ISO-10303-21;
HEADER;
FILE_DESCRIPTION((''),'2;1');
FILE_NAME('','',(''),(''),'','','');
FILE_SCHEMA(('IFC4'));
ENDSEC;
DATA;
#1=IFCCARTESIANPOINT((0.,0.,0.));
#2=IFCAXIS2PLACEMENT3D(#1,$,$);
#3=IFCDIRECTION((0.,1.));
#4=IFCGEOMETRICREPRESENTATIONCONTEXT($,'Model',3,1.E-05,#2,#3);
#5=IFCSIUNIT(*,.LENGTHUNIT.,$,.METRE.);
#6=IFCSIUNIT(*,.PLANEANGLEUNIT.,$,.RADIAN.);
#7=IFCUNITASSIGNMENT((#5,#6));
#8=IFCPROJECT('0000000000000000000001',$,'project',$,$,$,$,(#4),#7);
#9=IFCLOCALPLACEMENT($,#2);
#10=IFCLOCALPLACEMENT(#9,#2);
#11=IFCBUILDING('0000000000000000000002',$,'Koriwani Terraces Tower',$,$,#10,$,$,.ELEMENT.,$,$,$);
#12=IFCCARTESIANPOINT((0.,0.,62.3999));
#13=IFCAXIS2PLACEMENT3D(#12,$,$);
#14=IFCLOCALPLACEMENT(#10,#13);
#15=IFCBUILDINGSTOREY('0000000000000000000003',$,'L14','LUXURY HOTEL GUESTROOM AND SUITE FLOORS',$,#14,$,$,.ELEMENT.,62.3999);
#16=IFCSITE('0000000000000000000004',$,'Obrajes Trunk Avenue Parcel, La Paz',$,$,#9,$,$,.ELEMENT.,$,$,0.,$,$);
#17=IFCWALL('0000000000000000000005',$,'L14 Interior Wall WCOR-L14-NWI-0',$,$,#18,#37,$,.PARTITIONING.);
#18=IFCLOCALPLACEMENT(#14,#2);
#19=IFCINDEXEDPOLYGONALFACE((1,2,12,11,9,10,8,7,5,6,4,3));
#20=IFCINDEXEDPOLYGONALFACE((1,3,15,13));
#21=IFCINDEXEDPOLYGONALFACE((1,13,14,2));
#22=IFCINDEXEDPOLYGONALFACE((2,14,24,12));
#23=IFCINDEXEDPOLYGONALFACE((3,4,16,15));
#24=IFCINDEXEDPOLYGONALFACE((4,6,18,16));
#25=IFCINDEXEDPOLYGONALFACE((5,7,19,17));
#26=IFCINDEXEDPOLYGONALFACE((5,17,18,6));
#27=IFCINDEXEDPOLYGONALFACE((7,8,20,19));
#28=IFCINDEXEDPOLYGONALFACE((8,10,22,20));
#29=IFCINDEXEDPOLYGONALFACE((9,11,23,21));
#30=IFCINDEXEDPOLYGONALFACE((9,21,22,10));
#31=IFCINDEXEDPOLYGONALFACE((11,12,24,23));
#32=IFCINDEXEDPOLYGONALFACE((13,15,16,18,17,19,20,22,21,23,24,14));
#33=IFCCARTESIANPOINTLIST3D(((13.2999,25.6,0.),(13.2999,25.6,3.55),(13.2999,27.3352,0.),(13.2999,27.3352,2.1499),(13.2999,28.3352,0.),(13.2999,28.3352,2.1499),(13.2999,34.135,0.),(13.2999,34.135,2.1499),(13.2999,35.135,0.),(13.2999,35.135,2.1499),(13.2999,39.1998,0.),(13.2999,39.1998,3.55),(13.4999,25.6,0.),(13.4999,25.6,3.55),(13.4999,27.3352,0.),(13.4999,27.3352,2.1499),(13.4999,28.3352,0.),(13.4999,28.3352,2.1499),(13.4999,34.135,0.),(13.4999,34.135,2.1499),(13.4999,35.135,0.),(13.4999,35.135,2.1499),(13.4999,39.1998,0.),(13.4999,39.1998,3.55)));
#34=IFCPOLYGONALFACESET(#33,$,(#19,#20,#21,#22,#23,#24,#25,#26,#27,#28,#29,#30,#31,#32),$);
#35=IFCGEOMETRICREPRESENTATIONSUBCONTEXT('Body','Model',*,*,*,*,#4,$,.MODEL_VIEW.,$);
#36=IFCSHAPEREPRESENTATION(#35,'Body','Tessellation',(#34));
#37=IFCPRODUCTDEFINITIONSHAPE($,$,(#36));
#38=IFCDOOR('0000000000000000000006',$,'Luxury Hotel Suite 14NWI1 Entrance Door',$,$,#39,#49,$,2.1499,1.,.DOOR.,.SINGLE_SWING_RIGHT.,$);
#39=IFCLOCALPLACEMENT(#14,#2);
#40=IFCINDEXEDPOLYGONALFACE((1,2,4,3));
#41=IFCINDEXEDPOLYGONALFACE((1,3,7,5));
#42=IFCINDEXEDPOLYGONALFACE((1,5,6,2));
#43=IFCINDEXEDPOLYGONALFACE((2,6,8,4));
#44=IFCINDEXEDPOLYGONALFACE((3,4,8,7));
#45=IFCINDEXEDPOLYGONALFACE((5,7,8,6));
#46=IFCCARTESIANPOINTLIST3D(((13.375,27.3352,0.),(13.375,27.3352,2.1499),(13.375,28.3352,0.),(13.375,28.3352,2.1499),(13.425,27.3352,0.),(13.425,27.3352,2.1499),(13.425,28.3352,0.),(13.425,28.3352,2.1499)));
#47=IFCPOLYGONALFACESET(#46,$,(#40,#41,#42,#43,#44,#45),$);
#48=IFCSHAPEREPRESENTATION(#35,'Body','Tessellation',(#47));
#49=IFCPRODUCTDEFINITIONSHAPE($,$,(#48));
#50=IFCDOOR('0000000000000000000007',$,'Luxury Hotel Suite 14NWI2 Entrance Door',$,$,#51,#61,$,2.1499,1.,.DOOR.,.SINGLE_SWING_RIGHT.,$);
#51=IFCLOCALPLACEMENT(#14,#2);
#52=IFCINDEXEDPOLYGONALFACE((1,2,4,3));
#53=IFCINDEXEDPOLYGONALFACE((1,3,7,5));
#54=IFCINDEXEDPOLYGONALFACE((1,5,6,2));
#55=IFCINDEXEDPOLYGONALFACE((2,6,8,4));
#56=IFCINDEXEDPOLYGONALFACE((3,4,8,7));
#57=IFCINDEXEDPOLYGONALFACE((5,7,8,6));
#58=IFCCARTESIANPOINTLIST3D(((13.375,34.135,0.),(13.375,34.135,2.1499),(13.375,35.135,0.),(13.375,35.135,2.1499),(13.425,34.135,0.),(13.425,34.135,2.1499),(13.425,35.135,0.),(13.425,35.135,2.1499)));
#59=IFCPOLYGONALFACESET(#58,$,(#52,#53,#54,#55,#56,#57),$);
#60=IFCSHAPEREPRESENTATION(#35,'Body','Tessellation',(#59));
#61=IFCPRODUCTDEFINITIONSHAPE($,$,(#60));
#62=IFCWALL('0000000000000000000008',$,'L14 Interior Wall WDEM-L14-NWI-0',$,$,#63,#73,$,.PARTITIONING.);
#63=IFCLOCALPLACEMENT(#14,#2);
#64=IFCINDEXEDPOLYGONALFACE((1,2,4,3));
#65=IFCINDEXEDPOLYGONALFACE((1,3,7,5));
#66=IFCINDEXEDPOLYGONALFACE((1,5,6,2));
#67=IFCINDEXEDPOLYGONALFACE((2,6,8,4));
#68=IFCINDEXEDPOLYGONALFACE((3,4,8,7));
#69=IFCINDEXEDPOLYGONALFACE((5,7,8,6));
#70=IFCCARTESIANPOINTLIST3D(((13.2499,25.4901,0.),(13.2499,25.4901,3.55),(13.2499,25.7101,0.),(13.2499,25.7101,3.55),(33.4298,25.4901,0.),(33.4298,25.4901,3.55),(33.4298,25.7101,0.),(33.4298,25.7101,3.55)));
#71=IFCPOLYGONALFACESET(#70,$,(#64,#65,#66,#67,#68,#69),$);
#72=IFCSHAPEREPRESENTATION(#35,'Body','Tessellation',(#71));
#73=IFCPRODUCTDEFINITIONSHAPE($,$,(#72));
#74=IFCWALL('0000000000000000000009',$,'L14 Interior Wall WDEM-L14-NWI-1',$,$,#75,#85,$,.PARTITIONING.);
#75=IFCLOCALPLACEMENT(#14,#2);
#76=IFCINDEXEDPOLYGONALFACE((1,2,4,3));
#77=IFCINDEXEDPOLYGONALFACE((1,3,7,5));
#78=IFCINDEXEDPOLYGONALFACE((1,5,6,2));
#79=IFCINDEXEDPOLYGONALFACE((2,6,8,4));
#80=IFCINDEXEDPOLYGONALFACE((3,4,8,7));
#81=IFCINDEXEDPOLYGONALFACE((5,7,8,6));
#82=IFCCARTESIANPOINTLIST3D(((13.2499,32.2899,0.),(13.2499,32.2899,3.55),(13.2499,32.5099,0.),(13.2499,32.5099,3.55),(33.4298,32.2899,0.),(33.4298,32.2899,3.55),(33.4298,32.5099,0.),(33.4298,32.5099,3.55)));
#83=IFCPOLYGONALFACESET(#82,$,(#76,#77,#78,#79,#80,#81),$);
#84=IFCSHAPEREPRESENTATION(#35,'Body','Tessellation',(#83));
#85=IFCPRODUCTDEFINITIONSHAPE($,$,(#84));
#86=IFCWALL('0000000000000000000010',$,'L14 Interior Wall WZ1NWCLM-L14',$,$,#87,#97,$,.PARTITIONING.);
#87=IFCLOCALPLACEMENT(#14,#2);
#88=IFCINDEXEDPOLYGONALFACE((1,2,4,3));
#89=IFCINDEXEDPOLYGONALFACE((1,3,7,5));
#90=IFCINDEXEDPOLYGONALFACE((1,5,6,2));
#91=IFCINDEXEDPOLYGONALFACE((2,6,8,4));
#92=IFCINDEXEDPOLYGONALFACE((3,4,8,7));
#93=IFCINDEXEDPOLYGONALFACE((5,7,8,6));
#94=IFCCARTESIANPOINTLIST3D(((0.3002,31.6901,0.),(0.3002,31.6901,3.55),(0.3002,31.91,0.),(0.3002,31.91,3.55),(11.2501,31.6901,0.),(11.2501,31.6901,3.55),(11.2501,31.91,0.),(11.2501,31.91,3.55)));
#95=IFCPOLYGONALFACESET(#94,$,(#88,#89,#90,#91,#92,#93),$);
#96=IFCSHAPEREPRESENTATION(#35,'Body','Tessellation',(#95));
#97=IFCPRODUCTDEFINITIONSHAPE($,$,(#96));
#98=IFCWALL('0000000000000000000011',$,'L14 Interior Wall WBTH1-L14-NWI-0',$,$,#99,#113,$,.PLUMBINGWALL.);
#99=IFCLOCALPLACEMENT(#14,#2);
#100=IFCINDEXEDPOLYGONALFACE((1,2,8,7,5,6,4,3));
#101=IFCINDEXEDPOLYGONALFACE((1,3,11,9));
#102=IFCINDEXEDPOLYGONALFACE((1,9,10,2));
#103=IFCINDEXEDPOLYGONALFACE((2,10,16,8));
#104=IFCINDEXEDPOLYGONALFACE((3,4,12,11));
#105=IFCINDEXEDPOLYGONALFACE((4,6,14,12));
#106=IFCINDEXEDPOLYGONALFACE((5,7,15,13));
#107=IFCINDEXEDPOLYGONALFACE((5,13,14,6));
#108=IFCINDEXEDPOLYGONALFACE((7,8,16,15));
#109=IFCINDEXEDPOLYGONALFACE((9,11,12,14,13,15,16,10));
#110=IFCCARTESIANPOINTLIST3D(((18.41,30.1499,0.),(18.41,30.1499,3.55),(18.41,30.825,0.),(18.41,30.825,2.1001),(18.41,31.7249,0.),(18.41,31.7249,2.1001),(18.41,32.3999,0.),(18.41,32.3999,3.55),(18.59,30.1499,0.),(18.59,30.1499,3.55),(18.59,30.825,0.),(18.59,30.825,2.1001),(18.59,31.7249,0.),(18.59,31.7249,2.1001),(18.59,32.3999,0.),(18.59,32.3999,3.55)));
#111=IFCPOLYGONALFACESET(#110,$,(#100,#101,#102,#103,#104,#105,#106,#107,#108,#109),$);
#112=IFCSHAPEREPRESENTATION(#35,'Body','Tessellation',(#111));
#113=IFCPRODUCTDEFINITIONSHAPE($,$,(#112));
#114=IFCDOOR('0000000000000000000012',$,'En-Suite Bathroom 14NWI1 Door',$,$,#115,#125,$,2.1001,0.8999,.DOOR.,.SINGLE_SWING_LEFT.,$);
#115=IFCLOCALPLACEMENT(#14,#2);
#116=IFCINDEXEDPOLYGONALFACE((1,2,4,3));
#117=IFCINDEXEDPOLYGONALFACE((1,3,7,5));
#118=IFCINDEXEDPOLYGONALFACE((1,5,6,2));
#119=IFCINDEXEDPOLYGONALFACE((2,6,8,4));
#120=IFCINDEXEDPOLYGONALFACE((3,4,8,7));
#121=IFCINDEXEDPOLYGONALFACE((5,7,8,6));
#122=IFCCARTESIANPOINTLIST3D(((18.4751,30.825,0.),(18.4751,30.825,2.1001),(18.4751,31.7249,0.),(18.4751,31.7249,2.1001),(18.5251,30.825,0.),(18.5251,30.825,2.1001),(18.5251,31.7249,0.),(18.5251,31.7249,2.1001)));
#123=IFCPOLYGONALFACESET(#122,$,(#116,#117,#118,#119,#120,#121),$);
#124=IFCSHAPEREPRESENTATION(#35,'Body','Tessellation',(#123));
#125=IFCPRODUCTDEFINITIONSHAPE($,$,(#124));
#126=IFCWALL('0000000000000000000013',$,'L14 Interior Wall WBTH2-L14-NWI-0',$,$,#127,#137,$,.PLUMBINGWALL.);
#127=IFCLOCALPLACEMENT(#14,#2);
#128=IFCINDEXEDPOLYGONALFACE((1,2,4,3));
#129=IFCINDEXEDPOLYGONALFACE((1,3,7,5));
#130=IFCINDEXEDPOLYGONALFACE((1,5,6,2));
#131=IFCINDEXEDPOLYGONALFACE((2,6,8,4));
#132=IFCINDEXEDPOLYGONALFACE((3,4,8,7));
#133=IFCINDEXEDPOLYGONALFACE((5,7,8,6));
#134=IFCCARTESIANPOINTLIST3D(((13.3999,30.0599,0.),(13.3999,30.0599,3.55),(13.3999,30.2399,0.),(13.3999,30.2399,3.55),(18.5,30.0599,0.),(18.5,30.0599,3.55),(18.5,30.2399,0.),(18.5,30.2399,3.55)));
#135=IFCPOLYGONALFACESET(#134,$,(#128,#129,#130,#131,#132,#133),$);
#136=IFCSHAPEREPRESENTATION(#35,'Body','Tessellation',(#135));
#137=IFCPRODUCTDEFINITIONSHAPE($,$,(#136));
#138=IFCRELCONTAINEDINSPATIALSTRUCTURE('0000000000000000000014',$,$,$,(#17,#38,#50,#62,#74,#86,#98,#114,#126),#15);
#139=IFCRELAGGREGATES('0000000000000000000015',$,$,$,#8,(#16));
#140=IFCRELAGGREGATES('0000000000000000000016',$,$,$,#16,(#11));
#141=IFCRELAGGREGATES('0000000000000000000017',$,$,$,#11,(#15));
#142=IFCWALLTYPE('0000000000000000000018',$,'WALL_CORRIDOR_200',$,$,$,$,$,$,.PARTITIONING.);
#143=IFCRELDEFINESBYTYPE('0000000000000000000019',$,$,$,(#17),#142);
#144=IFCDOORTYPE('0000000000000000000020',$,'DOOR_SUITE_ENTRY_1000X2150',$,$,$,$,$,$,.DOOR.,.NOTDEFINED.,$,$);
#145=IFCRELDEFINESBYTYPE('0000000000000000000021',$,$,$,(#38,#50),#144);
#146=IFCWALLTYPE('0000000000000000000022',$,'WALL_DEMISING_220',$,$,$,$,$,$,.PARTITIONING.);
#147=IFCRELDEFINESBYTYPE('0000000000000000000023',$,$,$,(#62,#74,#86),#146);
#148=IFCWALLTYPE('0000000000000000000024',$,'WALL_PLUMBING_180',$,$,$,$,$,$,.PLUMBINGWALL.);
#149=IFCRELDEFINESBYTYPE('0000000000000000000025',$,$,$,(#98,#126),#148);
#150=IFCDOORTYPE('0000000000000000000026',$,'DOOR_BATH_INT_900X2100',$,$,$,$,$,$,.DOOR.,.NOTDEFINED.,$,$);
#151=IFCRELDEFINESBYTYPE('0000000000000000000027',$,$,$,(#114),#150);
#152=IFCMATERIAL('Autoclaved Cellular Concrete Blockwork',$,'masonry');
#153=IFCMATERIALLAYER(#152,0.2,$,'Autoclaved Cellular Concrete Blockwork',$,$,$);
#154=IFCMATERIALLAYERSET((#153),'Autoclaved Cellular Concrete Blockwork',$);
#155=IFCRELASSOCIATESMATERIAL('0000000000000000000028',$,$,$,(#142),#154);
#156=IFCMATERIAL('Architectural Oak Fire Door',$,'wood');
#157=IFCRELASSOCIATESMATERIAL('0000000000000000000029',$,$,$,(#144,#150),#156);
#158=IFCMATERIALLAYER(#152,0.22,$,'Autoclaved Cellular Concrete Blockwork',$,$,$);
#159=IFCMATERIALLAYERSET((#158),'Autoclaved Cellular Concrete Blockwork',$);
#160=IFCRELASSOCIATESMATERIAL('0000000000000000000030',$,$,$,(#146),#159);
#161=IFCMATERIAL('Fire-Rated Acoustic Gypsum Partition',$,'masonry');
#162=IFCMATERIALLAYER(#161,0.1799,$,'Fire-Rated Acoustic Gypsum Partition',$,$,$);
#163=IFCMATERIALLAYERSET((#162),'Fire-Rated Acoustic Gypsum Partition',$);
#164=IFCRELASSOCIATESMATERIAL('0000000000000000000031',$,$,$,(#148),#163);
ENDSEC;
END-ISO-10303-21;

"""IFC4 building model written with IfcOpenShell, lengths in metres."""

from ifc_helpers import new_model, si_unit, direction, frame, frame_2d, origin, place, context, subcontext, project, spatial, rectangle, extrude, material, layer, layer_set, type_object, element, fill, save


model = new_model("IFC4")

# Units and contexts
model_context = context("Model", 3, precision=1e-05, world=origin(), true_north=direction((0.0, 1.0)))
body_context = subcontext(model_context, "Body", "Model", "MODEL_VIEW")
ifc_project = project(units=[si_unit("LENGTHUNIT", "METRE"), si_unit("PLANEANGLEUNIT", "RADIAN")], contexts=[model_context])

# Site, building, storey
site_placement = place(None, origin())
site = spatial("IfcSite", under=ifc_project, at=site_placement, Name="Obrajes Trunk Avenue Parcel, La Paz", CompositionType="ELEMENT", RefElevation=0.0)
building_placement = place(site_placement, origin())
building = spatial("IfcBuilding", under=site, at=building_placement, Name="Koriwani Terraces Tower", CompositionType="ELEMENT")
storey_placement = place(building_placement, frame((0.0, 0.0, 62.3999)))
storey = spatial("IfcBuildingStorey", under=building, at=storey_placement, Name="L14", Description="LUXURY HOTEL GUESTROOM AND SUITE FLOORS", CompositionType="ELEMENT", Elevation=62.3999)

# Shared definitions
ifc_material_1 = material(Name="Autoclaved Cellular Concrete Blockwork", Category="masonry")
ifc_layer_1 = layer(ifc_material_1, 0.2, Name="Autoclaved Cellular Concrete Blockwork")
ifc_layer_set_1 = layer_set([ifc_layer_1], Name="Autoclaved Cellular Concrete Blockwork")
wall_type_1 = type_object("IfcWallType", Name="WALL_CORRIDOR_200", PredefinedType="PARTITIONING", material=ifc_layer_set_1)

# Wall, openings, doors
wall_1_placement = place(storey_placement, frame((13.3999, 25.6001, 0.0), z_axis=(0.0, 0.0, 1.0), x_axis=(0.0, 1.0, 0.0)))
wall_1 = element("IfcWall", 1, at=wall_1_placement, inside=storey, type_object=wall_type_1, Name="L14 Interior Wall WCOR-L14-NWI-0", PredefinedType="PARTITIONING", context=body_context, shape_type="SweptSolid", body=[
    extrude(rectangle(XDim=13.5999, YDim=0.2, at=frame_2d((6.7998, 0.0))), origin(), (0.0, 0.0, 1.0), 3.55),
])
opening_1_placement = place(wall_1_placement, frame((1.7351, 0.0, 0.0)))
opening_1 = element("IfcOpeningElement", 2, at=opening_1_placement, cuts=wall_1, PredefinedType="OPENING", context=body_context, shape_type="SweptSolid", body=[
    extrude(rectangle(XDim=1.0, YDim=2.1499, at=frame_2d((0.5, 1.075))), frame((0.0, 0.1099, 0.0), z_axis=(0.0, -1.0, 0.0), x_axis=(1.0, 0.0, 0.0)), (0.0, 0.0, 1.0), 0.22),
])
opening_2_placement = place(wall_1_placement, frame((8.5349, 0.0, 0.0)))
opening_2 = element("IfcOpeningElement", 3, at=opening_2_placement, cuts=wall_1, PredefinedType="OPENING", context=body_context, shape_type="SweptSolid", body=[
    extrude(rectangle(XDim=1.0, YDim=2.1499, at=frame_2d((0.5, 1.075))), frame((0.0, 0.1099, 0.0), z_axis=(0.0, -1.0, 0.0), x_axis=(1.0, 0.0, 0.0)), (0.0, 0.0, 1.0), 0.22),
])
ifc_material_2 = material(Name="Architectural Oak Fire Door", Category="wood")
door_type_1 = type_object("IfcDoorType", Name="DOOR_SUITE_ENTRY_1000X2150", OperationType="NOTDEFINED", PredefinedType="DOOR", material=ifc_material_2)
door_1_placement = place(opening_1_placement, origin())
door_1 = element("IfcDoor", 4, at=door_1_placement, inside=storey, type_object=door_type_1, Name="Luxury Hotel Suite 14NWI1 Entrance Door", OperationType="SINGLE_SWING_RIGHT", OverallHeight=2.1499, OverallWidth=1.0, PredefinedType="DOOR", context=body_context, shape_type="SweptSolid", body=[
    extrude(rectangle(XDim=1.0, YDim=2.1499, at=frame_2d((0.5, 1.075))), frame((0.0, 0.0249, 0.0), z_axis=(0.0, -1.0, 0.0), x_axis=(1.0, 0.0, 0.0)), (0.0, 0.0, 1.0), 0.05),
])
fill(opening_1, door_1)
door_2_placement = place(opening_2_placement, origin())
door_2 = element("IfcDoor", 5, at=door_2_placement, inside=storey, type_object=door_type_1, Name="Luxury Hotel Suite 14NWI2 Entrance Door", OperationType="SINGLE_SWING_RIGHT", OverallHeight=2.1499, OverallWidth=1.0, PredefinedType="DOOR", context=body_context, shape_type="SweptSolid", body=[
    extrude(rectangle(XDim=1.0, YDim=2.1499, at=frame_2d((0.5, 1.075))), frame((0.0, 0.0249, 0.0), z_axis=(0.0, -1.0, 0.0), x_axis=(1.0, 0.0, 0.0)), (0.0, 0.0, 1.0), 0.05),
])
fill(opening_2, door_2)

# Walls
ifc_layer_2 = layer(ifc_material_1, 0.22, Name="Autoclaved Cellular Concrete Blockwork")
ifc_layer_set_2 = layer_set([ifc_layer_2], Name="Autoclaved Cellular Concrete Blockwork")
wall_type_2 = type_object("IfcWallType", Name="WALL_DEMISING_220", PredefinedType="PARTITIONING", material=ifc_layer_set_2)
for number, where, z_axis, x_axis, name in (
    (6, (13.25, 25.6001, 0.0), (0.0, 0.0, 1.0), (1.0, 0.0, 0.0), "L14 Interior Wall WDEM-L14-NWI-0"),
    (7, (13.25, 32.3999, 0.0), (0.0, 0.0, 1.0), (1.0, 0.0, 0.0), "L14 Interior Wall WDEM-L14-NWI-1"),
):
    element("IfcWall", number, at=place(storey_placement, frame(where, z_axis=z_axis, x_axis=x_axis)), inside=storey, type_object=wall_type_2, Name=name, PredefinedType="PARTITIONING", context=body_context, shape_type="SweptSolid", body=[
        extrude(rectangle(XDim=20.1799, YDim=0.22, at=frame_2d((10.0898, 0.0))), origin(), (0.0, 0.0, 1.0), 3.55),
    ])
wall_2_placement = place(storey_placement, frame((0.3, 31.8, 0.0), z_axis=(0.0, 0.0, 1.0), x_axis=(1.0, 0.0, 0.0)))
element("IfcWall", 8, at=wall_2_placement, inside=storey, type_object=wall_type_2, Name="L14 Interior Wall WZ1NWCLM-L14", PredefinedType="PARTITIONING", context=body_context, shape_type="SweptSolid", body=[
    extrude(rectangle(XDim=10.95, YDim=0.22, at=frame_2d((5.4751, 0.0))), origin(), (0.0, 0.0, 1.0), 3.55),
])

# Wall, opening, door
ifc_material_3 = material(Name="Fire-Rated Acoustic Gypsum Partition", Category="masonry")
ifc_layer_3 = layer(ifc_material_3, 0.1799, Name="Fire-Rated Acoustic Gypsum Partition")
ifc_layer_set_3 = layer_set([ifc_layer_3], Name="Fire-Rated Acoustic Gypsum Partition")
wall_type_3 = type_object("IfcWallType", Name="WALL_PLUMBING_180", PredefinedType="PLUMBINGWALL", material=ifc_layer_set_3)
wall_3_placement = place(storey_placement, frame((18.5, 30.1499, 0.0), z_axis=(0.0, 0.0, 1.0), x_axis=(0.0, 1.0, 0.0)))
wall_3 = element("IfcWall", 9, at=wall_3_placement, inside=storey, type_object=wall_type_3, Name="L14 Interior Wall WBTH1-L14-NWI-0", PredefinedType="PLUMBINGWALL", context=body_context, shape_type="SweptSolid", body=[
    extrude(rectangle(XDim=2.25, YDim=0.1799, at=frame_2d((1.125, 0.0))), origin(), (0.0, 0.0, 1.0), 3.55),
])
opening_3_placement = place(wall_3_placement, frame((0.675, 0.0, 0.0)))
opening_3 = element("IfcOpeningElement", 10, at=opening_3_placement, cuts=wall_3, PredefinedType="OPENING", context=body_context, shape_type="SweptSolid", body=[
    extrude(rectangle(XDim=0.8999, YDim=2.1001, at=frame_2d((0.45, 1.05))), frame((0.0, 0.1001, 0.0), z_axis=(0.0, -1.0, 0.0), x_axis=(1.0, 0.0, 0.0)), (0.0, 0.0, 1.0), 0.2),
])
door_type_2 = type_object("IfcDoorType", Name="DOOR_BATH_INT_900X2100", OperationType="NOTDEFINED", PredefinedType="DOOR", material=ifc_material_2)
door_3_placement = place(opening_3_placement, origin())
door_3 = element("IfcDoor", 11, at=door_3_placement, inside=storey, type_object=door_type_2, Name="En-Suite Bathroom 14NWI1 Door", OperationType="SINGLE_SWING_LEFT", OverallHeight=2.1001, OverallWidth=0.8999, PredefinedType="DOOR", context=body_context, shape_type="SweptSolid", body=[
    extrude(rectangle(XDim=0.8999, YDim=2.1001, at=frame_2d((0.45, 1.05))), frame((0.0, 0.0249, 0.0), z_axis=(0.0, -1.0, 0.0), x_axis=(1.0, 0.0, 0.0)), (0.0, 0.0, 1.0), 0.05),
])
fill(opening_3, door_3)

# Wall
wall_4_placement = place(storey_placement, frame((13.3999, 30.1499, 0.0), z_axis=(0.0, 0.0, 1.0), x_axis=(1.0, 0.0, 0.0)))
element("IfcWall", 12, at=wall_4_placement, inside=storey, type_object=wall_type_3, Name="L14 Interior Wall WBTH2-L14-NWI-0", PredefinedType="PLUMBINGWALL", context=body_context, shape_type="SweptSolid", body=[
    extrude(rectangle(XDim=5.1001, YDim=0.1799, at=frame_2d((2.55, 0.0))), origin(), (0.0, 0.0, 1.0), 3.55),
])

save(model, "model.ifc")
